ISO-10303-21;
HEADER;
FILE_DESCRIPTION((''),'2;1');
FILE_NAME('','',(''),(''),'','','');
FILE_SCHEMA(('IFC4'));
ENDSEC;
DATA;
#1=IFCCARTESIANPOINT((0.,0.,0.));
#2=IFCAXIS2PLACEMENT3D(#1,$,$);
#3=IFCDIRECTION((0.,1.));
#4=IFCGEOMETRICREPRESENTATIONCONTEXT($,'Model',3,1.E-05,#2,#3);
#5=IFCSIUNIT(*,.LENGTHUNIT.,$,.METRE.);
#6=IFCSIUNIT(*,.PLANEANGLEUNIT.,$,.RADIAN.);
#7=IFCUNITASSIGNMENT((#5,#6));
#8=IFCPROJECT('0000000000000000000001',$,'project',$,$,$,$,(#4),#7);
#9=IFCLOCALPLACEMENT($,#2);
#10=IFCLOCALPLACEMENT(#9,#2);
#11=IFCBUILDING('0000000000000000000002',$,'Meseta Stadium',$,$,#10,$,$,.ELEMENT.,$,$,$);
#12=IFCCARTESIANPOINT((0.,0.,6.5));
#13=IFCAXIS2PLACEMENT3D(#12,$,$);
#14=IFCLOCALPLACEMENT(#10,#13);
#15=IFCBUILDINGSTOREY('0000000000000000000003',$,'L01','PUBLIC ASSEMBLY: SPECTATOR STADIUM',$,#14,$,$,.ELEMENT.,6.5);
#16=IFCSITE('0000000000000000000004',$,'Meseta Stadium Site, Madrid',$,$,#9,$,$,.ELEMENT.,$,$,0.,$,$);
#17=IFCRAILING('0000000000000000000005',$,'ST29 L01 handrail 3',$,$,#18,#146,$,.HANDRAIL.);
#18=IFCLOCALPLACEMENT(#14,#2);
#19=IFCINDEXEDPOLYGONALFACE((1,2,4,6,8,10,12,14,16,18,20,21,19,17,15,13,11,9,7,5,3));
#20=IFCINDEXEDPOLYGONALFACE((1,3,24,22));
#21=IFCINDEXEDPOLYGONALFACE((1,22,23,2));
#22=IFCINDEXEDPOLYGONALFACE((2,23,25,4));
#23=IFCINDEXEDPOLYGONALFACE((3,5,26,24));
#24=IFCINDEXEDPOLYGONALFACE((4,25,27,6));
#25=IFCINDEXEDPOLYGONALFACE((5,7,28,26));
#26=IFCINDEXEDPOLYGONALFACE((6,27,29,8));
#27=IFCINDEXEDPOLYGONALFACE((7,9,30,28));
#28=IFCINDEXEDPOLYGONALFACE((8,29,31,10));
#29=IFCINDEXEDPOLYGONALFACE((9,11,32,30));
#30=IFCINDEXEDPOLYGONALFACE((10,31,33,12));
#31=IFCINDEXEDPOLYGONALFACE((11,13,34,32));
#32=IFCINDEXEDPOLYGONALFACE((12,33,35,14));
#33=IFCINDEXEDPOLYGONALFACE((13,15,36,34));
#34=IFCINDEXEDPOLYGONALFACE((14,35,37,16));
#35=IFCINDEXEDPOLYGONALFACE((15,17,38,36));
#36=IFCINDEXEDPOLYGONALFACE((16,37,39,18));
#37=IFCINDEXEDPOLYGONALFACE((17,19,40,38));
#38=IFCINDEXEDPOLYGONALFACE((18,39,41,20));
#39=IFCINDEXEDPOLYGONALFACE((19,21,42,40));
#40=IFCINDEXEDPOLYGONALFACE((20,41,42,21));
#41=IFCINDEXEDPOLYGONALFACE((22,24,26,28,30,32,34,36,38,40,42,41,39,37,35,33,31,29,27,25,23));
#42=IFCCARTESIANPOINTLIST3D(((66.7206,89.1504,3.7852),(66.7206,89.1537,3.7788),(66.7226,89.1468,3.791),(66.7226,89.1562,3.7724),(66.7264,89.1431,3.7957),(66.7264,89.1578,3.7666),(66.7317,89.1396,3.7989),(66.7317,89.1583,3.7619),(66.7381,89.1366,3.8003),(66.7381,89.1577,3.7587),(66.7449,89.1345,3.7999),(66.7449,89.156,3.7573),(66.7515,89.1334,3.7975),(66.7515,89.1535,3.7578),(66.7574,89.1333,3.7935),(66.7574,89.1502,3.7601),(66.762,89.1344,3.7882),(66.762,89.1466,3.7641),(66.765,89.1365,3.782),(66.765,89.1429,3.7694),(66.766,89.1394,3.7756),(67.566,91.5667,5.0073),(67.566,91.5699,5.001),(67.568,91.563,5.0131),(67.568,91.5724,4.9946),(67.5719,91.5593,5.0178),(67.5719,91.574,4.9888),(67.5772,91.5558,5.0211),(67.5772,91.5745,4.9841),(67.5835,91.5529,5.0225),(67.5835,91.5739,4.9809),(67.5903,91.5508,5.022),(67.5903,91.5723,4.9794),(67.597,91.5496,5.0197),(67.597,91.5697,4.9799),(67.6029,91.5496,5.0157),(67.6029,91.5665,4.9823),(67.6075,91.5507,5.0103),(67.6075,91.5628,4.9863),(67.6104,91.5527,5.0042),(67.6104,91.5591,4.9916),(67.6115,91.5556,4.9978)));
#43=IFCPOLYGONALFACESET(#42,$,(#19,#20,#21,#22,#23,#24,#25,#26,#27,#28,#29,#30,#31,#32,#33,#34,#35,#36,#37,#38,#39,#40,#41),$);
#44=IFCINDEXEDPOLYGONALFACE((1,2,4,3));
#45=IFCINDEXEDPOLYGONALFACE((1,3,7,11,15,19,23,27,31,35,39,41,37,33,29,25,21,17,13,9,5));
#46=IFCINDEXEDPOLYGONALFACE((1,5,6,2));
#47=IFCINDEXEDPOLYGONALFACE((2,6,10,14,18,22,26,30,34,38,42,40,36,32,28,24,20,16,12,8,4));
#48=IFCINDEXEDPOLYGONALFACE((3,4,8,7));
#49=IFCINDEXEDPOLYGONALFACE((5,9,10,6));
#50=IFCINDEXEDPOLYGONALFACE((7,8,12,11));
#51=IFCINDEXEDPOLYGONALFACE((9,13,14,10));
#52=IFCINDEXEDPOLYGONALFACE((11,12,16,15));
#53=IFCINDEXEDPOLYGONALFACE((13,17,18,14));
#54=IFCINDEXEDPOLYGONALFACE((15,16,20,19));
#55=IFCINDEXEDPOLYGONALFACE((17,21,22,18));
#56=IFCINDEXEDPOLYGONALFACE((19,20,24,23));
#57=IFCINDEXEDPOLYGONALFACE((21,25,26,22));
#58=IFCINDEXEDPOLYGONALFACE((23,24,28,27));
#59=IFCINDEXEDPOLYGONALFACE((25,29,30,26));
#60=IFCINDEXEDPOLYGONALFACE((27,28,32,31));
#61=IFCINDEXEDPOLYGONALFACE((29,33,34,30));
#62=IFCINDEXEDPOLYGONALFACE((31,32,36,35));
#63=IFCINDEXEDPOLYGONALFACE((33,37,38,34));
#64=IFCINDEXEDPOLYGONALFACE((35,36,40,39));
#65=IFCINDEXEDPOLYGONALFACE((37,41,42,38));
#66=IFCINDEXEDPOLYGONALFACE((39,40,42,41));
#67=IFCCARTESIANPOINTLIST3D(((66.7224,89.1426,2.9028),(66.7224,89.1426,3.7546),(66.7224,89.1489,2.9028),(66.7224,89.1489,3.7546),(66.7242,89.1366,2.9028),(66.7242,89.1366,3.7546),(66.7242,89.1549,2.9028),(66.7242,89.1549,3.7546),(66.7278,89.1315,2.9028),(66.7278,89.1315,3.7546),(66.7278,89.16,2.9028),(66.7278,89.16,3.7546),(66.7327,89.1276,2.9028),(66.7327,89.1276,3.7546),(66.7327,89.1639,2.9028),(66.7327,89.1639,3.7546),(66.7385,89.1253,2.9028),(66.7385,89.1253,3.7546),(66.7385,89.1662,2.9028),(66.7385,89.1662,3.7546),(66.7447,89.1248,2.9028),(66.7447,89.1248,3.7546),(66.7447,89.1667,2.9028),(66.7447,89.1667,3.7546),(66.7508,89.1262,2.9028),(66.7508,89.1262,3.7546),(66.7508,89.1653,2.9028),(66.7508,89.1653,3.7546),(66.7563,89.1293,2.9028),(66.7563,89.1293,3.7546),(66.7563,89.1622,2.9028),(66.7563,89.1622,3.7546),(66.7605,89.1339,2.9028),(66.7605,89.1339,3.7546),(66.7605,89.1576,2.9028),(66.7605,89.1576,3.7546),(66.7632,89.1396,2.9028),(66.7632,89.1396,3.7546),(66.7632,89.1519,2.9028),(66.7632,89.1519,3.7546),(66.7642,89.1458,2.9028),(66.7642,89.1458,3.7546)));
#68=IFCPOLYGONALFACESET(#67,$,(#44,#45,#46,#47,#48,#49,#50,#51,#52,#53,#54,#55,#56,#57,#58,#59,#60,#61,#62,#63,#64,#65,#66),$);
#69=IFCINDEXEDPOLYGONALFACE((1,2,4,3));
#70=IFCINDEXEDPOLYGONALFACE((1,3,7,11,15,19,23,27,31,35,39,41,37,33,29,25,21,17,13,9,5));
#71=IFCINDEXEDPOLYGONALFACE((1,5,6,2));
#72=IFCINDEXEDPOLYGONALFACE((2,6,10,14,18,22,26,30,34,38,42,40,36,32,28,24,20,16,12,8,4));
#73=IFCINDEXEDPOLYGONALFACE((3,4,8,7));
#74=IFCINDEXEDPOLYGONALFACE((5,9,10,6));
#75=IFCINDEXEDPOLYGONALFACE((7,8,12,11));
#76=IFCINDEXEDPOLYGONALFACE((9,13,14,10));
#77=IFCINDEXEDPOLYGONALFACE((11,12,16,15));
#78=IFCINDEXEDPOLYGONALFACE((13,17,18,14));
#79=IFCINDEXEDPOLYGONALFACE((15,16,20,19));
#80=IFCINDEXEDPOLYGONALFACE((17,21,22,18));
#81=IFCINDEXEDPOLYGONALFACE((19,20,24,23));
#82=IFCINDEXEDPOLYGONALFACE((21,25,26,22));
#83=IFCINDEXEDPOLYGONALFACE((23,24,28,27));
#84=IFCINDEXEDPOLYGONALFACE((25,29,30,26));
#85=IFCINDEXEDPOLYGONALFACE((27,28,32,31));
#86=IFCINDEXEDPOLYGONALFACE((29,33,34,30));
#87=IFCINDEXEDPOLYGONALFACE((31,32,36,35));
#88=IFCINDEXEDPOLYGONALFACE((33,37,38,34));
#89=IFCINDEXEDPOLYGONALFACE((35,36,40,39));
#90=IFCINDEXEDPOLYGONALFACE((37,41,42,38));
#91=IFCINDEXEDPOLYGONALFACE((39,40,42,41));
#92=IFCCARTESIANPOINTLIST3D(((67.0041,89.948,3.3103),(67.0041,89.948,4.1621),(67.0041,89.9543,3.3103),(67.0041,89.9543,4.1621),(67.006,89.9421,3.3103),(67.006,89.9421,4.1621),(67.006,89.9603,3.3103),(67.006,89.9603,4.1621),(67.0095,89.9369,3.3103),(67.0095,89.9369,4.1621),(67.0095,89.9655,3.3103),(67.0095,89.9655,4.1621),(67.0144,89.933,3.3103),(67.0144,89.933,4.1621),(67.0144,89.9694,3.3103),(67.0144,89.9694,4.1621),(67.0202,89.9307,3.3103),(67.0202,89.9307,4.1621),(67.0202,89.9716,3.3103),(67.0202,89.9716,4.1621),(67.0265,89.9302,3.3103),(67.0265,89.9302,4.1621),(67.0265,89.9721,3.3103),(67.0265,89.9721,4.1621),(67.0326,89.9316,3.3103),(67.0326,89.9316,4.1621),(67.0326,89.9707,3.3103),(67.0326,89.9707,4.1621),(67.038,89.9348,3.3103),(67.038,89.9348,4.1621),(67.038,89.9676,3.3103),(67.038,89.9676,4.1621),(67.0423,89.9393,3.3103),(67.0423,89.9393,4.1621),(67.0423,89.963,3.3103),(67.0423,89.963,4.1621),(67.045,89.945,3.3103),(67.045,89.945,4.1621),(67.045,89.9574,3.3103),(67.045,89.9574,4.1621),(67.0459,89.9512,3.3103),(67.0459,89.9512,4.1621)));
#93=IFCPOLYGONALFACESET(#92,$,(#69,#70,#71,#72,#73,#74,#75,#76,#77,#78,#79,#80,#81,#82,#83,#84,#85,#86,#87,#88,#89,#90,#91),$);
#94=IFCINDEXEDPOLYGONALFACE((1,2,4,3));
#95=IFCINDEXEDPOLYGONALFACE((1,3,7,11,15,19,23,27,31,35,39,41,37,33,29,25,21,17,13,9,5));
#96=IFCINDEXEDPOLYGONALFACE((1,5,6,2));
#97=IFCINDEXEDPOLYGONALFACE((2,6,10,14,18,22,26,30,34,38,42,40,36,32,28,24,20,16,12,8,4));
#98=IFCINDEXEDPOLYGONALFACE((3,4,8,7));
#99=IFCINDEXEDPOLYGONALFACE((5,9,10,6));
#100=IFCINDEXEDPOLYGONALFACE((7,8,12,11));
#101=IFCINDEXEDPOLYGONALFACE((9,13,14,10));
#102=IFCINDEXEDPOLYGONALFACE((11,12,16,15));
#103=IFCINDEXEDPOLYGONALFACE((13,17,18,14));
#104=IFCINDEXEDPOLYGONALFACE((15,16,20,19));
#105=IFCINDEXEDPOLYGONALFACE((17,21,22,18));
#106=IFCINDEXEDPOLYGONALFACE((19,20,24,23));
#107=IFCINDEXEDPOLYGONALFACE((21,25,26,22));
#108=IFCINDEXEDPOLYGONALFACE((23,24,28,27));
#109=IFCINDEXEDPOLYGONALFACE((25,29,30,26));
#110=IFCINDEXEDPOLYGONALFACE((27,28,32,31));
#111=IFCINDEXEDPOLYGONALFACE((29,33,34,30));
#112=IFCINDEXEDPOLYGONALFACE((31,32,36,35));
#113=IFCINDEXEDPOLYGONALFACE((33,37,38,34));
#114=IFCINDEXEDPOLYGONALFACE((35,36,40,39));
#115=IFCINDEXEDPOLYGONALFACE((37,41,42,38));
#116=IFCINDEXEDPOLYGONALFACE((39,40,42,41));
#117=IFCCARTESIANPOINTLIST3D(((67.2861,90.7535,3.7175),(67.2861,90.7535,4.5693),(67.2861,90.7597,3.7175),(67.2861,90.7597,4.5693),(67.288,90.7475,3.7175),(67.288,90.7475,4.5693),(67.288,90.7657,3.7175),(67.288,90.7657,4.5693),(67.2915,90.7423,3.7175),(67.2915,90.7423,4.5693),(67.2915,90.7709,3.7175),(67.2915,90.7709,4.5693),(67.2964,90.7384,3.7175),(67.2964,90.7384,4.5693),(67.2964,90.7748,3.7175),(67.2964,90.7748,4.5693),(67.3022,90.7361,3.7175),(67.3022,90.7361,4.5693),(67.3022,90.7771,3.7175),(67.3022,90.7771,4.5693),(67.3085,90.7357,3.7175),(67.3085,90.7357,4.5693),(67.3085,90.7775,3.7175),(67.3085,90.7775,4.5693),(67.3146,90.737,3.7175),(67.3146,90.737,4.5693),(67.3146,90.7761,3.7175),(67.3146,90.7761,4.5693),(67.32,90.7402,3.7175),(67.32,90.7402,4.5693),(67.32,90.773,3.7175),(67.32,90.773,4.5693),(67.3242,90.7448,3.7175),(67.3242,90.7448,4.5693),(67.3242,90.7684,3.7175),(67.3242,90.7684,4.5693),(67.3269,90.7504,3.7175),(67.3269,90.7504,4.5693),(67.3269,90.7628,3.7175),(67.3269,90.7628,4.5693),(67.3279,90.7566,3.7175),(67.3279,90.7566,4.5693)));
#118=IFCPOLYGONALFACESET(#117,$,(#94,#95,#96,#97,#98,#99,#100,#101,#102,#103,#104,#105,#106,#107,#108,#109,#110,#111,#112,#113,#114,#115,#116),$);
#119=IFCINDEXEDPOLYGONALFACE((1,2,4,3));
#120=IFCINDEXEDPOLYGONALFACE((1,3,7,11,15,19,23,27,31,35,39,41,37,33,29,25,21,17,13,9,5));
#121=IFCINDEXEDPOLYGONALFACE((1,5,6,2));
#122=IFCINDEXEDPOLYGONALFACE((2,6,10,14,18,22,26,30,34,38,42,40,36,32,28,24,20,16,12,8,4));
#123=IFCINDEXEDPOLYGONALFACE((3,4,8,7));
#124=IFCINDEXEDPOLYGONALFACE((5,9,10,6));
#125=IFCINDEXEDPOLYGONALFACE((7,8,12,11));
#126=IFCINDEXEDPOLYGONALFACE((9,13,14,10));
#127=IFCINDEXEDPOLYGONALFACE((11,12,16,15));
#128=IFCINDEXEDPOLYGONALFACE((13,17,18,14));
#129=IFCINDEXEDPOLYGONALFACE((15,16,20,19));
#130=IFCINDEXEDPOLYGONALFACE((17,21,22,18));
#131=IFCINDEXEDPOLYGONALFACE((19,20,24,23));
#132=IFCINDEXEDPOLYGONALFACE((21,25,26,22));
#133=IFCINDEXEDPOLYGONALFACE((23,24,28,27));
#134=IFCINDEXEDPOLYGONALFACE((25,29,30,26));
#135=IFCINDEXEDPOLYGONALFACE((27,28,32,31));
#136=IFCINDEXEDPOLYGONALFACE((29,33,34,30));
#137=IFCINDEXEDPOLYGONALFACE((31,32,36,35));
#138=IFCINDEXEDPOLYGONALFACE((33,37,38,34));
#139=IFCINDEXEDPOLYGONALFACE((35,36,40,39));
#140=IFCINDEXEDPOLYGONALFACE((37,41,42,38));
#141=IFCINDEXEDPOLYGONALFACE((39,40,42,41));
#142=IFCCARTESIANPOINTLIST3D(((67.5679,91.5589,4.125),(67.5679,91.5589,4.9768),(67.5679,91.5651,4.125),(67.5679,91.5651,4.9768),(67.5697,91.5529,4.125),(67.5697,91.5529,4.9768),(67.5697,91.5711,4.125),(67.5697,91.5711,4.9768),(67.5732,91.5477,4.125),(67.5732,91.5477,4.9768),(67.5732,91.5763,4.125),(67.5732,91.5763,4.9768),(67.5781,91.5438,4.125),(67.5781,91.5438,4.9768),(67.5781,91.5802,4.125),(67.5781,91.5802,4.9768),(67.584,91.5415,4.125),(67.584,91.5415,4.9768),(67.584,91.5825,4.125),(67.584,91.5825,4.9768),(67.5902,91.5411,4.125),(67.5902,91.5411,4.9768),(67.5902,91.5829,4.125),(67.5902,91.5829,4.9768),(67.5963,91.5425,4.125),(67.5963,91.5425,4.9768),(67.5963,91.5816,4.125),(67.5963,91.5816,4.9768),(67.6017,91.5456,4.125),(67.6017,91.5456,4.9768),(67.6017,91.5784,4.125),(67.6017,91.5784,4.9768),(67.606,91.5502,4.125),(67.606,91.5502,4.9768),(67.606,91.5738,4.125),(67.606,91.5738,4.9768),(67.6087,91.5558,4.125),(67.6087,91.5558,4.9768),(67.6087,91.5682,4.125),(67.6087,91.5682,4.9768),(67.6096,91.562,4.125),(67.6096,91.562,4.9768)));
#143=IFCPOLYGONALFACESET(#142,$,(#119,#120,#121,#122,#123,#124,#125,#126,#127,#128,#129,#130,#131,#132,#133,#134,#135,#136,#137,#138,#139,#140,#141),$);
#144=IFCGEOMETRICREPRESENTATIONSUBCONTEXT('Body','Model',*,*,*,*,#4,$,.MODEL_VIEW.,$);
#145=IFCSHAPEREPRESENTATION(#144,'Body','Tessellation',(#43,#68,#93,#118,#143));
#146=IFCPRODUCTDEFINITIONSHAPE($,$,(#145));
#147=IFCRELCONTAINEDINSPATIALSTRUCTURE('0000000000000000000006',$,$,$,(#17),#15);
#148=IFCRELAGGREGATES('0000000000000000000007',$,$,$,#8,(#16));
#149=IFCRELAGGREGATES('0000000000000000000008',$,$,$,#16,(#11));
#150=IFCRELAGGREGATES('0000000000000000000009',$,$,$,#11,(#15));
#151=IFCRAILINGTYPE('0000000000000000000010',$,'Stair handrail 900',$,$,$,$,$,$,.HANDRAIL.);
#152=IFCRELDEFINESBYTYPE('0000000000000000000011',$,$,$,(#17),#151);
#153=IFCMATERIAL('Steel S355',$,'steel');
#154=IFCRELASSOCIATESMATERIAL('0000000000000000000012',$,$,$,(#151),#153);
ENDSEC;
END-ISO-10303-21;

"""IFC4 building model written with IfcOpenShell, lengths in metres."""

from ifc_helpers import new_model, si_unit, direction, frame, origin, origin_2d, place, context, subcontext, project, spatial, circle, extrude, material, type_object, element, save


model = new_model("IFC4")

# Units and contexts
model_context = context("Model", 3, precision=1e-05, world=origin(), true_north=direction((0.0, 1.0)))
body_context = subcontext(model_context, "Body", "Model", "MODEL_VIEW")
ifc_project = project(units=[si_unit("LENGTHUNIT", "METRE"), si_unit("PLANEANGLEUNIT", "RADIAN")], contexts=[model_context])

# Site, building, storey
site_placement = place(None, origin())
site = spatial("IfcSite", under=ifc_project, at=site_placement, Name="Meseta Stadium Site, Madrid", CompositionType="ELEMENT", RefElevation=0.0)
building_placement = place(site_placement, origin())
building = spatial("IfcBuilding", under=site, at=building_placement, Name="Meseta Stadium", CompositionType="ELEMENT")
storey_placement = place(building_placement, frame((0.0, 0.0, 6.5)))
storey = spatial("IfcBuildingStorey", under=building, at=storey_placement, Name="L01", Description="PUBLIC ASSEMBLY: SPECTATOR STADIUM", CompositionType="ELEMENT", Elevation=6.5)

# Railing
ifc_material_1 = material(Name="Steel S355", Category="steel")
railing_type_1 = type_object("IfcRailingType", Name="Stair handrail 900", PredefinedType="HANDRAIL", material=ifc_material_1)
for number, where, name in (
    (1, (66.7432, 89.1458, 2.9028), "ST29 L01 handrail 3"),
):
    element("IfcRailing", number, at=place(storey_placement, frame(where)), inside=storey, type_object=railing_type_1, Name=name, PredefinedType="HANDRAIL", context=body_context, shape_type="SweptSolid", body=[
        extrude(circle(Radius=0.0239, at=origin_2d()), frame((0.0, 0.0, 0.876), z_axis=(0.298044, 0.851789, 0.430843), x_axis=(-0.943887, 0.33027, 0.0)), (0.0, 0.0, 1.0), 2.8367),
        extrude(circle(Radius=0.021, at=origin_2d()), origin(), (0.0, 0.0, 1.0), 0.8518),
        extrude(circle(Radius=0.021, at=origin_2d()), frame((0.2817, 0.8054, 0.4075)), (0.0, 0.0, 1.0), 0.8518),
        extrude(circle(Radius=0.021, at=origin_2d()), frame((0.5637, 1.6108, 0.8147)), (0.0, 0.0, 1.0), 0.8518),
        extrude(circle(Radius=0.021, at=origin_2d()), frame((0.8455, 2.4163, 1.2222)), (0.0, 0.0, 1.0), 0.8518),
    ])

save(model, "model.ifc")
